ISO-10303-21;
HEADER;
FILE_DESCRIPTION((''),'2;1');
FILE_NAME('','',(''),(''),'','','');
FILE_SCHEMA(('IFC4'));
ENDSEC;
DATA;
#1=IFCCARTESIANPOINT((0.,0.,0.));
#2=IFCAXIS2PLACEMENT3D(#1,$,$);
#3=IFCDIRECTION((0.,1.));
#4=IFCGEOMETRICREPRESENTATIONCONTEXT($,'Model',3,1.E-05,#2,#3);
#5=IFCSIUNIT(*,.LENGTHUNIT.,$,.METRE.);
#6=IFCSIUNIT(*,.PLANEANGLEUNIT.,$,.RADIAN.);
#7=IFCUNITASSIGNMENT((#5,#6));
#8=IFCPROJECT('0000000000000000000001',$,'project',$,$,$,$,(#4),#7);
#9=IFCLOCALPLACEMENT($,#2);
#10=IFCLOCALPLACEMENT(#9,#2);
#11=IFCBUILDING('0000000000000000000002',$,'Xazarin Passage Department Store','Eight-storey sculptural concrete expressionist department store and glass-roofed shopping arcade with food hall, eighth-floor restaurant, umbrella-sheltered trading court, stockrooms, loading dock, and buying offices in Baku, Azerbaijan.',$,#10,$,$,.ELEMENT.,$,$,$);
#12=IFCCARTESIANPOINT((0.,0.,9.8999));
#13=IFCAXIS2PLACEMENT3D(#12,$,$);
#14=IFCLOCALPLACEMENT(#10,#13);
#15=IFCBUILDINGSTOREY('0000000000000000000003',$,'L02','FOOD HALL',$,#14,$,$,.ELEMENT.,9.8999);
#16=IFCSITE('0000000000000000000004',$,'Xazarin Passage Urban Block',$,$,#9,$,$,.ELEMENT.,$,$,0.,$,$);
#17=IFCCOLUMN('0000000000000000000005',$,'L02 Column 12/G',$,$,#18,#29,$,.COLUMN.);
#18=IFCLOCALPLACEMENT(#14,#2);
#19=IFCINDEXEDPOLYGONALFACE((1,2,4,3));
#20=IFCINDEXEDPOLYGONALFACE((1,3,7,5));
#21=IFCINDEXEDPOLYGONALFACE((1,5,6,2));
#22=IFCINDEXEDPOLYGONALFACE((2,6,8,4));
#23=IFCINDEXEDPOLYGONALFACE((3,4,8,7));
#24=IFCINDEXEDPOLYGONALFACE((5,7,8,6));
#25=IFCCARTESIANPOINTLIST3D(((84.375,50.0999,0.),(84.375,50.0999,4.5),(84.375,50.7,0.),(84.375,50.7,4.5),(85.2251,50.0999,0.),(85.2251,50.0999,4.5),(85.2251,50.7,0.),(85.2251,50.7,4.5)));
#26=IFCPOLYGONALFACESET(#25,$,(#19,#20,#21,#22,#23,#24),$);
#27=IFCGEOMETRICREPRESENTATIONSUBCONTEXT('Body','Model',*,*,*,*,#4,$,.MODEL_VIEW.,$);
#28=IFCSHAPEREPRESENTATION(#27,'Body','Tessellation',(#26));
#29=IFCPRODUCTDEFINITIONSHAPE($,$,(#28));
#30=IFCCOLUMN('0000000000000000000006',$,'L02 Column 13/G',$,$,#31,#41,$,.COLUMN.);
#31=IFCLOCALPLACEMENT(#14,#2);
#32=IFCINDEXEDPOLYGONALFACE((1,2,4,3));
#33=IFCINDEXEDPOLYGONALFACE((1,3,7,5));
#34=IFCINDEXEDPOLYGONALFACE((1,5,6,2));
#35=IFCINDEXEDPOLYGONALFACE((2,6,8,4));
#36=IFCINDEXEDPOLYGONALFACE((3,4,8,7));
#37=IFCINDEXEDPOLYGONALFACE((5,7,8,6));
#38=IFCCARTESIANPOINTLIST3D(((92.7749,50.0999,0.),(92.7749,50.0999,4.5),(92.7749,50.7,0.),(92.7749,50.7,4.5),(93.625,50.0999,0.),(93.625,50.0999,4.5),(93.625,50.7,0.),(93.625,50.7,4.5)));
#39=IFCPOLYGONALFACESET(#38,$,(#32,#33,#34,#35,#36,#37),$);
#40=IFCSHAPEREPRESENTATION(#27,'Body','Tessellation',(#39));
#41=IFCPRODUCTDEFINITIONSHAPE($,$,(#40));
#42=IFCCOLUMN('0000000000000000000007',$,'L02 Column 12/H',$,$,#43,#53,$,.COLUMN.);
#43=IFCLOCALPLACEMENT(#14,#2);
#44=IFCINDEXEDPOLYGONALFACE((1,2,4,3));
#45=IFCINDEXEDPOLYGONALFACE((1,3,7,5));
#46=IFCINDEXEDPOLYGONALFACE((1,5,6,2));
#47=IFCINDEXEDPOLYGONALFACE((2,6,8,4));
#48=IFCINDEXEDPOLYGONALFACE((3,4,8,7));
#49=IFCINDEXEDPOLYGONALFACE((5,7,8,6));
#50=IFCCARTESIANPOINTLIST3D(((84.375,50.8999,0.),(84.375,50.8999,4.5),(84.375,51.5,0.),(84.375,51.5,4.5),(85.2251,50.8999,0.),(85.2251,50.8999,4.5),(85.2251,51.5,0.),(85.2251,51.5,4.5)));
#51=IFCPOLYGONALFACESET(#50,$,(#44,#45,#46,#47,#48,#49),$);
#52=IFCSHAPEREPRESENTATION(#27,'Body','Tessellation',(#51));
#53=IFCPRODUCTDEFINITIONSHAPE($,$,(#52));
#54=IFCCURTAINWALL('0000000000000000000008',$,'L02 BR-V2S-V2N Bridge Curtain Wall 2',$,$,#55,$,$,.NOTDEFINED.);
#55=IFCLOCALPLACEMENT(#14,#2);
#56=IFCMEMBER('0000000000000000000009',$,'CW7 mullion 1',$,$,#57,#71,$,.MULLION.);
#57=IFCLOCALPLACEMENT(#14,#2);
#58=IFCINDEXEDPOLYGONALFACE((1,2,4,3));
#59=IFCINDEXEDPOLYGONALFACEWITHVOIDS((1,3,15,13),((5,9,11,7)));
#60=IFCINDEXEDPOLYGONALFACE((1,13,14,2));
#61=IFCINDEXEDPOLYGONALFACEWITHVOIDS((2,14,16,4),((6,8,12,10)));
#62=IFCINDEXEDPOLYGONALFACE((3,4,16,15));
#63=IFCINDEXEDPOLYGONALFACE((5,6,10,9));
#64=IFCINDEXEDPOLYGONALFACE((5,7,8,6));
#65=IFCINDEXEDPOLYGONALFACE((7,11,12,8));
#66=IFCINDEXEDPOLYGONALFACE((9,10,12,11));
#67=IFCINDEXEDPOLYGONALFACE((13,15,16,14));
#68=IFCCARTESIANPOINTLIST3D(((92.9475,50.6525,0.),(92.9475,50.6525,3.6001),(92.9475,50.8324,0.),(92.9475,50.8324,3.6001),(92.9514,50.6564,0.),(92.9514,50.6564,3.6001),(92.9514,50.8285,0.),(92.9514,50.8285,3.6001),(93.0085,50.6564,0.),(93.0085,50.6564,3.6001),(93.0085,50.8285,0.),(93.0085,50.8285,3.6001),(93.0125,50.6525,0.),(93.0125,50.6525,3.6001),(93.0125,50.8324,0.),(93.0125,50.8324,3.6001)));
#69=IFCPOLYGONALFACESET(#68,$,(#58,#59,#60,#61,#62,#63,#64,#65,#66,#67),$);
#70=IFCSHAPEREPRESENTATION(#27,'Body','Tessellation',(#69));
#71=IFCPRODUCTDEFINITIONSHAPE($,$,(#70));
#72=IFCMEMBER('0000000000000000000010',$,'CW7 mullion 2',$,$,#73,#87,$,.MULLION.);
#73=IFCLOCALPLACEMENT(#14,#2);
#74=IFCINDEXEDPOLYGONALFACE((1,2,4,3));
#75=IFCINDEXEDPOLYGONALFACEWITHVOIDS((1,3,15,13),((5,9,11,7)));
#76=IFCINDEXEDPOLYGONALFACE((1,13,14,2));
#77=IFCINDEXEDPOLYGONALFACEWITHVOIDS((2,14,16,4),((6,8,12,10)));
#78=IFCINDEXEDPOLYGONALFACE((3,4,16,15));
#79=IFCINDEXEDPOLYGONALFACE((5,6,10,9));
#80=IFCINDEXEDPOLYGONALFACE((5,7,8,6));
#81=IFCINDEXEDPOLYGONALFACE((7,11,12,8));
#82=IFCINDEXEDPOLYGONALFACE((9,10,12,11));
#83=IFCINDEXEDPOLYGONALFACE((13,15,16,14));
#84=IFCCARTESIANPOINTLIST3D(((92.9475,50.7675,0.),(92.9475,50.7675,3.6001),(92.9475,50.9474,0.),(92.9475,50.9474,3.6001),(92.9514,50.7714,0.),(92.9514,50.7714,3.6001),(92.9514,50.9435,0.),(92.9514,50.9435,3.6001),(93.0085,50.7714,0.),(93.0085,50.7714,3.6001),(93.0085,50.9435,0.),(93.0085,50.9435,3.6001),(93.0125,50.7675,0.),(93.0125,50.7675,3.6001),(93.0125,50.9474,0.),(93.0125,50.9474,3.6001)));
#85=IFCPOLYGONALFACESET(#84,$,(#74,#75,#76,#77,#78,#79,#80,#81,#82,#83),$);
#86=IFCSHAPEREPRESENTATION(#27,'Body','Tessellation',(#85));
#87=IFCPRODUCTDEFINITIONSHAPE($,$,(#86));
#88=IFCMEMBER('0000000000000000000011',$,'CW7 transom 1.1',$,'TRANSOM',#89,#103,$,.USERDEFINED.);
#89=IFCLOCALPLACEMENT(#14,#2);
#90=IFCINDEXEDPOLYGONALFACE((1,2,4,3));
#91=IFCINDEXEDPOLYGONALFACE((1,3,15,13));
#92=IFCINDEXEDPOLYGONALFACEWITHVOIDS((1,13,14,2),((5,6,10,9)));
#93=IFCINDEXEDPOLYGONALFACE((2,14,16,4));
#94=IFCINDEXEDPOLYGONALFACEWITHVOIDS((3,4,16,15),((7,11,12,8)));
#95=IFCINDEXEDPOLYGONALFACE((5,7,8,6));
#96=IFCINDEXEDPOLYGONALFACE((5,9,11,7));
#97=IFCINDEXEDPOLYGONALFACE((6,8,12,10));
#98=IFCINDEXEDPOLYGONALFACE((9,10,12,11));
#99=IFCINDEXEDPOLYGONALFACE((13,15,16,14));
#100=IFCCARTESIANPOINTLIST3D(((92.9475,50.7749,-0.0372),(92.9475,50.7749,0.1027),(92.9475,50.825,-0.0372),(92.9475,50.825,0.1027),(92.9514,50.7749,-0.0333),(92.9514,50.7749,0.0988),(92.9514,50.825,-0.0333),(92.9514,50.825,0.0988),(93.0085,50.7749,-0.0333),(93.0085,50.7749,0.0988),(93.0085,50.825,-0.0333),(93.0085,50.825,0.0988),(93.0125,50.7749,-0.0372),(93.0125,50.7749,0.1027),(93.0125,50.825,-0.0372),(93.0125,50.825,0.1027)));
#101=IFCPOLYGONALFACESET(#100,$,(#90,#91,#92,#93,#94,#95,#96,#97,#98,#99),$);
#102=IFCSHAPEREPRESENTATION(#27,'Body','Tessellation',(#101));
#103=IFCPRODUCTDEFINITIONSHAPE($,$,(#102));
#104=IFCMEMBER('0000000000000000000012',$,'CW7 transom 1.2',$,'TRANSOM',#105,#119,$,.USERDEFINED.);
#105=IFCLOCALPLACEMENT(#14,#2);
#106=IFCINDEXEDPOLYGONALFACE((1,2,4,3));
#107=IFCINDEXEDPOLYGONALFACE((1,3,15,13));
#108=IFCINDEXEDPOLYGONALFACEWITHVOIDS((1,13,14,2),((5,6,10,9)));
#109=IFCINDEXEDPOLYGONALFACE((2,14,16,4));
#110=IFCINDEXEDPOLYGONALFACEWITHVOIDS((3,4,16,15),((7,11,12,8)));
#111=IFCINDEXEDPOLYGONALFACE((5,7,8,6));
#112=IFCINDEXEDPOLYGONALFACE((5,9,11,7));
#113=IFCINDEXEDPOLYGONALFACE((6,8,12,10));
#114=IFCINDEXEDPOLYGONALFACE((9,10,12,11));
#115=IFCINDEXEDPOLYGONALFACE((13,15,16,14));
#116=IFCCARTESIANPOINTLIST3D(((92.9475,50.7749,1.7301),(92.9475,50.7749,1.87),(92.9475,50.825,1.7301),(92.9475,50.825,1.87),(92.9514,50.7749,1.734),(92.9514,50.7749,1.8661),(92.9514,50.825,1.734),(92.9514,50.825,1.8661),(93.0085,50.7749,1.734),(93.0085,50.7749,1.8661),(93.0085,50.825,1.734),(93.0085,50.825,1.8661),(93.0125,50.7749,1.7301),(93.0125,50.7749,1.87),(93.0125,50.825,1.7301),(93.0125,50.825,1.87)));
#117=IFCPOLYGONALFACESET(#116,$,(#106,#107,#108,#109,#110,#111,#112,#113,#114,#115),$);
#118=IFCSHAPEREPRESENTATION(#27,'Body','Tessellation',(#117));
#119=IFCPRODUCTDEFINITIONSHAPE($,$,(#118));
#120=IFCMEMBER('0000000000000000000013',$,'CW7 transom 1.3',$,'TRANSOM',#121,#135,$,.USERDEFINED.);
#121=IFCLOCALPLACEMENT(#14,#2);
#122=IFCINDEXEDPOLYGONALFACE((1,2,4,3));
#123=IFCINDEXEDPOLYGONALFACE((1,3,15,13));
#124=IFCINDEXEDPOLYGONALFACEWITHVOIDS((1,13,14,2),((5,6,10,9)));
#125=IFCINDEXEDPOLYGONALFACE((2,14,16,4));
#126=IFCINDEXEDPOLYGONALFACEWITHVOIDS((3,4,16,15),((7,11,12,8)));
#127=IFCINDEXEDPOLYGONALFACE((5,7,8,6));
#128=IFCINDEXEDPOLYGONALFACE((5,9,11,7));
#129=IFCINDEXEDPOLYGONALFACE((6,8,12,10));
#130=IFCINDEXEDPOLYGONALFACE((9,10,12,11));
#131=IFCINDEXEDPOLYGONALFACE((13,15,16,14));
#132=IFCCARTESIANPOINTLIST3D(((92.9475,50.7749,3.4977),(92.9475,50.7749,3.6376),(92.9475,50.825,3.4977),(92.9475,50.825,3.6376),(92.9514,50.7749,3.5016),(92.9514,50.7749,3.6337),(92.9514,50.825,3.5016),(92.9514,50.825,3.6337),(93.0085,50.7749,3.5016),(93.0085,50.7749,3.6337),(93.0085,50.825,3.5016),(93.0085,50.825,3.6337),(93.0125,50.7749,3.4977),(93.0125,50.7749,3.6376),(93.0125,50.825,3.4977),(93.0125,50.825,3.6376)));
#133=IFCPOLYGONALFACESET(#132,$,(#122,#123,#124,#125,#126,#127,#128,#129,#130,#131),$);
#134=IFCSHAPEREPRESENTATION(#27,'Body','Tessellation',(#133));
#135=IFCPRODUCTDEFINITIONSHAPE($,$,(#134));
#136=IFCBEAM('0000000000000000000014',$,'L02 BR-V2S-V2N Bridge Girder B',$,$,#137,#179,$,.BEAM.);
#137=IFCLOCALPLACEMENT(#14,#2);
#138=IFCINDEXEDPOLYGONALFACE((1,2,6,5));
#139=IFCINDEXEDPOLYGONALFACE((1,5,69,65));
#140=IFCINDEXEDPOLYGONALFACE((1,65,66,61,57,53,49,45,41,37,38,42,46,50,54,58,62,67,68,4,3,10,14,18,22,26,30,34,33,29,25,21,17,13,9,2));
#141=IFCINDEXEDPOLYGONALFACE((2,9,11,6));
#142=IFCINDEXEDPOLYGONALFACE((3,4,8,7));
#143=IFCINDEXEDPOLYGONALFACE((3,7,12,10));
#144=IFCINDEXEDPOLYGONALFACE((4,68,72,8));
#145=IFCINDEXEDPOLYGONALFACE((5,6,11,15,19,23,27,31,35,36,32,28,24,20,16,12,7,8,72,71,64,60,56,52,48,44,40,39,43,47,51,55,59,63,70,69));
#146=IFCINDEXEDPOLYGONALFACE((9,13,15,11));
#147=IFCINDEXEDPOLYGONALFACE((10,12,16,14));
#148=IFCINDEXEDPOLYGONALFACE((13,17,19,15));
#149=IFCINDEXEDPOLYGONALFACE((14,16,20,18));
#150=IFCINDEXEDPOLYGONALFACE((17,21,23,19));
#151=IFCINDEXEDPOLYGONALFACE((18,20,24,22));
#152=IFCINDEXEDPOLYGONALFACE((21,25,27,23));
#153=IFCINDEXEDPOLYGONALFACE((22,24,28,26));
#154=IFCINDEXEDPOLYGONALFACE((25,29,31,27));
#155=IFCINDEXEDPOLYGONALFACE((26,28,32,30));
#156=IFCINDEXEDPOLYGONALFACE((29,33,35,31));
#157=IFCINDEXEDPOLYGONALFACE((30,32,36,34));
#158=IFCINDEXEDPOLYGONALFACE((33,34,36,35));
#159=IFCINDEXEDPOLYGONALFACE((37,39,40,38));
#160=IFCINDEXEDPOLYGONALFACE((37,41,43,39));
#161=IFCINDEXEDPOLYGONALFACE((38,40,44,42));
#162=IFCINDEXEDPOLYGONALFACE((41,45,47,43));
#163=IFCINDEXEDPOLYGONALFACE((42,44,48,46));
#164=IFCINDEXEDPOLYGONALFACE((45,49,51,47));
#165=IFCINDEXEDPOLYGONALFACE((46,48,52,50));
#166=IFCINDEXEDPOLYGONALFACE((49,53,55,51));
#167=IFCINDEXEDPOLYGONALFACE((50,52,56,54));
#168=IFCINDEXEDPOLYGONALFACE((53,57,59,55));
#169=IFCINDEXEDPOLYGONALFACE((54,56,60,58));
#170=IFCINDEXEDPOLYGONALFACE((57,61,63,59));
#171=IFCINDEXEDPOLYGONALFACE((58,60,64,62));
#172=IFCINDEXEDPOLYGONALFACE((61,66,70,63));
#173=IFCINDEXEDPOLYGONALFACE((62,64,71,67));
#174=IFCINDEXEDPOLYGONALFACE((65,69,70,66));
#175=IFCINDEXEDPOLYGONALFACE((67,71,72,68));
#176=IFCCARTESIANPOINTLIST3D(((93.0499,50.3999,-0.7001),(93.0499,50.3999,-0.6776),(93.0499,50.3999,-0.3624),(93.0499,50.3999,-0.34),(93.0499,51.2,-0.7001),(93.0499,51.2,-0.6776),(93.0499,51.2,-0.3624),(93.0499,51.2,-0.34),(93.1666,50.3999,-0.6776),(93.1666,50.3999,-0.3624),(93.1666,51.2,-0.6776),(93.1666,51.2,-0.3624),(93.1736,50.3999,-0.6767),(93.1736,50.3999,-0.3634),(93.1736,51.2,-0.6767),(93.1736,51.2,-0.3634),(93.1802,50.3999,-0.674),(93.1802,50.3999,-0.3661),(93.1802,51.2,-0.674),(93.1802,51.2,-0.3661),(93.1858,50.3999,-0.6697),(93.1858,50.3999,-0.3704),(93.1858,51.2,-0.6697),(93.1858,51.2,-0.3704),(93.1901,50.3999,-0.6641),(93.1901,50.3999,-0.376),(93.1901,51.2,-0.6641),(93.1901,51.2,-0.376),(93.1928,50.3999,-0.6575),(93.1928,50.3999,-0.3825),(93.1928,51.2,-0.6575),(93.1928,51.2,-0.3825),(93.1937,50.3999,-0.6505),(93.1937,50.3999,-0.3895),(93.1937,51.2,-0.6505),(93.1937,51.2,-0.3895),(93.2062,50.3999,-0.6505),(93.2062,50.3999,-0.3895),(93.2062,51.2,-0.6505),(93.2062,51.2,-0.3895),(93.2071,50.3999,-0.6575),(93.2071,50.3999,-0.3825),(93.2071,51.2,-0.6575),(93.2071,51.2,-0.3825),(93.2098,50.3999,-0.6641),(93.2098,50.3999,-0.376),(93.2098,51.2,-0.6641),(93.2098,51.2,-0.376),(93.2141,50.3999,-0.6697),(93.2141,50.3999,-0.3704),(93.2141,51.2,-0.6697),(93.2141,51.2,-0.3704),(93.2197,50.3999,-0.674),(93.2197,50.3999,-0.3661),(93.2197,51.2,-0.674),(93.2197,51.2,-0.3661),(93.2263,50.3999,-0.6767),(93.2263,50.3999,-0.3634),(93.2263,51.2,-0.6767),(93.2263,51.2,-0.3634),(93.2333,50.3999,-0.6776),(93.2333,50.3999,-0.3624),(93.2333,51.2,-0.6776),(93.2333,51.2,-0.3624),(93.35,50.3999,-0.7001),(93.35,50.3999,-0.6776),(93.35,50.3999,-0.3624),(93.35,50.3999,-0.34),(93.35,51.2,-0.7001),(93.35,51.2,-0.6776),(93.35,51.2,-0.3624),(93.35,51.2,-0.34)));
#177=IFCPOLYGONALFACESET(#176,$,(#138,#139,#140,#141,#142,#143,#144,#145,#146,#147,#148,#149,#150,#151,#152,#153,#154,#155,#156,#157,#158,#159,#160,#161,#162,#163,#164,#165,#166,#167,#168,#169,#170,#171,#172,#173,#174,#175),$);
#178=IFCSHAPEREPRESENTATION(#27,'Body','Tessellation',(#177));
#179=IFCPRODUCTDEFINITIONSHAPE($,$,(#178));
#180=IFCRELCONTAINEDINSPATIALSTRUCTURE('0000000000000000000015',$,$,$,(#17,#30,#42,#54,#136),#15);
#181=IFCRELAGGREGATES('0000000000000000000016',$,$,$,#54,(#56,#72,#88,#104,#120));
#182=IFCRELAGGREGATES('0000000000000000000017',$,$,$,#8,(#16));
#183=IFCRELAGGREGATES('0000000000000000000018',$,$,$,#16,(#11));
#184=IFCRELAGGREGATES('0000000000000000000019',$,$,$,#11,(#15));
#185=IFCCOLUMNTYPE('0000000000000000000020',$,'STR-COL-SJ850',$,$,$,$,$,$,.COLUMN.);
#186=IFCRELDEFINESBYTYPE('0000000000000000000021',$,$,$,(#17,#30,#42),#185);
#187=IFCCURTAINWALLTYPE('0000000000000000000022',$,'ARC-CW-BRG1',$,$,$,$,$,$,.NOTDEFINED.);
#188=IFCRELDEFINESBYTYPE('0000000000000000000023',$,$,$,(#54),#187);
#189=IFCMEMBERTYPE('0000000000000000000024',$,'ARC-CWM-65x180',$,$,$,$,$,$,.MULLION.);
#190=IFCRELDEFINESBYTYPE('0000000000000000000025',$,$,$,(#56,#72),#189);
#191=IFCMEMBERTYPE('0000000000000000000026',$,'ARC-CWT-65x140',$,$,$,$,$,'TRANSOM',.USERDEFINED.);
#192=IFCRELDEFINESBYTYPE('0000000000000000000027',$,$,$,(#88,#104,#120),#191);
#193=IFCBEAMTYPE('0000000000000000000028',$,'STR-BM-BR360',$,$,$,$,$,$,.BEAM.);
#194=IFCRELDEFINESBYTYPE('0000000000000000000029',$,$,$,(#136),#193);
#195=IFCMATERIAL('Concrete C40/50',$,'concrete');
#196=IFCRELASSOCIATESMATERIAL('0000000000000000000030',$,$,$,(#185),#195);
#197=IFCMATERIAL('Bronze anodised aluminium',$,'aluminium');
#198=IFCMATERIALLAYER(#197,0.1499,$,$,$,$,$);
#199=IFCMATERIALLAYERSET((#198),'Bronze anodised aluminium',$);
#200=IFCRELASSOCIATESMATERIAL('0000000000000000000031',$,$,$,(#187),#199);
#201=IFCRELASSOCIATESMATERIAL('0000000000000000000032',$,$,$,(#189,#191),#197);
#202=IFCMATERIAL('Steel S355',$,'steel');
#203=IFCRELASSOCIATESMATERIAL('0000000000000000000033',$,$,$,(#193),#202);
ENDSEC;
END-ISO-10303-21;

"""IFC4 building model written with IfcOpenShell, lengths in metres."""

from ifc_helpers import new_model, si_unit, direction, frame, origin, origin_2d, place, context, subcontext, project, spatial, rectangle, hollow_rectangle, i_section, extrude, material, layer, layer_set, material_profile, profile_set, type_object, element, aggregate, save


model = new_model("IFC4")

# Units and contexts
model_context = context("Model", 3, precision=1e-05, world=origin(), true_north=direction((0.0, 1.0)))
body_context = subcontext(model_context, "Body", "Model", "MODEL_VIEW")
ifc_project = project(units=[si_unit("LENGTHUNIT", "METRE"), si_unit("PLANEANGLEUNIT", "RADIAN")], contexts=[model_context])

# Site, building, storey
site_placement = place(None, origin())
site = spatial("IfcSite", under=ifc_project, at=site_placement, Name="Xazarin Passage Urban Block", CompositionType="ELEMENT", RefElevation=0.0)
building_placement = place(site_placement, origin())
building = spatial("IfcBuilding", under=site, at=building_placement, Name="Xazarin Passage Department Store", Description="Eight-storey sculptural concrete expressionist department store and glass-roofed shopping arcade with food hall, eighth-floor restaurant, umbrella-sheltered trading court, stockrooms, loading dock, and buying offices in Baku, Azerbaijan.", CompositionType="ELEMENT")
storey_placement = place(building_placement, frame((0.0, 0.0, 9.8999)))
storey = spatial("IfcBuildingStorey", under=building, at=storey_placement, Name="L02", Description="FOOD HALL", CompositionType="ELEMENT", Elevation=9.8999)

# Columns
ifc_material_1 = material(Name="Concrete C40/50", Category="concrete")
ifc_material_profile_1 = material_profile(ifc_material_1, rectangle(XDim=0.6001, YDim=0.8501, at=origin_2d()), Name="RC 600x850")
ifc_profile_set_1 = profile_set([ifc_material_profile_1], Name="Concrete C40/50")
column_type = type_object("IfcColumnType", Name="STR-COL-SJ850", PredefinedType="COLUMN", material=ifc_profile_set_1)
for number, where, z_axis, x_axis, name in (
    (1, (84.8, 50.3999, 0.0), (0.0, 0.0, 1.0), (0.0, 1.0, 0.0), "L02 Column 12/G"),
    (2, (93.2, 50.3999, 0.0), (0.0, 0.0, 1.0), (0.0, 1.0, 0.0), "L02 Column 13/G"),
    (3, (84.8, 51.2, 0.0), (0.0, 0.0, 1.0), (0.0, 1.0, 0.0), "L02 Column 12/H"),
):
    element("IfcColumn", number, at=place(storey_placement, frame(where, z_axis=z_axis, x_axis=x_axis)), inside=storey, type_object=column_type, Name=name, PredefinedType="COLUMN", context=body_context, shape_type="SweptSolid", body=[
        extrude(rectangle(XDim=0.6001, YDim=0.8501, at=origin_2d()), origin(), (0.0, 0.0, 1.0), 4.5),
    ])

# Curtain wall, members
ifc_material_2 = material(Name="Bronze anodised aluminium", Category="aluminium")
ifc_layer_1 = layer(ifc_material_2, 0.1499)
ifc_layer_set_1 = layer_set([ifc_layer_1], Name="Bronze anodised aluminium")
curtain_wall_type = type_object("IfcCurtainWallType", Name="ARC-CW-BRG1", PredefinedType="NOTDEFINED", material=ifc_layer_set_1)
curtain_wall_placement = place(storey_placement, origin())
curtain_wall = element("IfcCurtainWall", 4, at=curtain_wall_placement, inside=storey, type_object=curtain_wall_type, Name="L02 BR-V2S-V2N Bridge Curtain Wall 2", PredefinedType="NOTDEFINED")
ifc_material_profile_2 = material_profile(ifc_material_2, hollow_rectangle(XDim=0.0649, YDim=0.1799, WallThickness=0.0039, at=origin_2d()), Name="ALU 65x180")
ifc_profile_set_2 = profile_set([ifc_material_profile_2], Name="Bronze anodised aluminium")
member_type_1 = type_object("IfcMemberType", Name="ARC-CWM-65x180", PredefinedType="MULLION", material=ifc_profile_set_2)
member_1_placement = place(storey_placement, frame((92.98, 50.7424, 0.0), z_axis=(0.0, 0.0, 1.0), x_axis=(-1.0, 0.0, 0.0)))
member_1 = element("IfcMember", 5, at=member_1_placement, type_object=member_type_1, Name="CW7 mullion 1", PredefinedType="MULLION", context=body_context, shape_type="SweptSolid", body=[
    extrude(hollow_rectangle(XDim=0.0649, YDim=0.1799, WallThickness=0.0039, at=origin_2d()), origin(), (0.0, 0.0, 1.0), 3.6001),
])
member_2_placement = place(storey_placement, frame((92.98, 50.8574, 0.0), z_axis=(0.0, 0.0, 1.0), x_axis=(-1.0, 0.0, 0.0)))
member_2 = element("IfcMember", 6, at=member_2_placement, type_object=member_type_1, Name="CW7 mullion 2", PredefinedType="MULLION", context=body_context, shape_type="SweptSolid", body=[
    extrude(hollow_rectangle(XDim=0.0649, YDim=0.1799, WallThickness=0.0039, at=origin_2d()), origin(), (0.0, 0.0, 1.0), 3.6001),
])
ifc_material_profile_3 = material_profile(ifc_material_2, hollow_rectangle(XDim=0.0649, YDim=0.1399, WallThickness=0.0039, at=origin_2d()), Name="ALU 65x140")
ifc_profile_set_3 = profile_set([ifc_material_profile_3], Name="Bronze anodised aluminium")
member_type_2 = type_object("IfcMemberType", Name="ARC-CWT-65x140", ElementType="TRANSOM", PredefinedType="USERDEFINED", material=ifc_profile_set_3)
member_3_placement = place(storey_placement, frame((92.98, 50.7749, 0.0327), z_axis=(0.0, 1.0, 0.0), x_axis=(-1.0, 0.0, 0.0)))
member_3 = element("IfcMember", 7, at=member_3_placement, type_object=member_type_2, Name="CW7 transom 1.1", ObjectType="TRANSOM", PredefinedType="USERDEFINED", context=body_context, shape_type="SweptSolid", body=[
    extrude(hollow_rectangle(XDim=0.0649, YDim=0.1399, WallThickness=0.0039, at=origin_2d()), origin(), (0.0, 0.0, 1.0), 0.05),
])
member_4_placement = place(storey_placement, frame((92.98, 50.7749, 1.8), z_axis=(0.0, 1.0, 0.0), x_axis=(-1.0, 0.0, 0.0)))
member_4 = element("IfcMember", 8, at=member_4_placement, type_object=member_type_2, Name="CW7 transom 1.2", ObjectType="TRANSOM", PredefinedType="USERDEFINED", context=body_context, shape_type="SweptSolid", body=[
    extrude(hollow_rectangle(XDim=0.0649, YDim=0.1399, WallThickness=0.0039, at=origin_2d()), origin(), (0.0, 0.0, 1.0), 0.05),
])
member_5_placement = place(storey_placement, frame((92.98, 50.7749, 3.5676), z_axis=(0.0, 1.0, 0.0), x_axis=(-1.0, 0.0, 0.0)))
member_5 = element("IfcMember", 9, at=member_5_placement, type_object=member_type_2, Name="CW7 transom 1.3", ObjectType="TRANSOM", PredefinedType="USERDEFINED", context=body_context, shape_type="SweptSolid", body=[
    extrude(hollow_rectangle(XDim=0.0649, YDim=0.1399, WallThickness=0.0039, at=origin_2d()), origin(), (0.0, 0.0, 1.0), 0.05),
])

# Beam
ifc_material_3 = material(Name="Steel S355", Category="steel")
ifc_material_profile_4 = material_profile(ifc_material_3, i_section(OverallWidth=0.3, OverallDepth=0.3601, WebThickness=0.0125, FlangeThickness=0.0225, FilletRadius=0.0271, at=origin_2d()), Name="HEB 360")
ifc_profile_set_4 = profile_set([ifc_material_profile_4], Name="Steel S355")
beam_type_1 = type_object("IfcBeamType", Name="STR-BM-BR360", PredefinedType="BEAM", material=ifc_profile_set_4)
beam_1_placement = place(storey_placement, frame((93.2, 50.3999, -0.52), z_axis=(0.0, 1.0, 0.0), x_axis=(-1.0, 0.0, 0.0)))
element("IfcBeam", 10, at=beam_1_placement, inside=storey, type_object=beam_type_1, Name="L02 BR-V2S-V2N Bridge Girder B", PredefinedType="BEAM", context=body_context, shape_type="SweptSolid", body=[
    extrude(i_section(OverallWidth=0.3, OverallDepth=0.3601, WebThickness=0.0125, FlangeThickness=0.0225, FilletRadius=0.0271, at=origin_2d()), origin(), (0.0, 0.0, 1.0), 0.8),
])

aggregate(curtain_wall, [member_1, member_2, member_3, member_4, member_5])

save(model, "model.ifc")
